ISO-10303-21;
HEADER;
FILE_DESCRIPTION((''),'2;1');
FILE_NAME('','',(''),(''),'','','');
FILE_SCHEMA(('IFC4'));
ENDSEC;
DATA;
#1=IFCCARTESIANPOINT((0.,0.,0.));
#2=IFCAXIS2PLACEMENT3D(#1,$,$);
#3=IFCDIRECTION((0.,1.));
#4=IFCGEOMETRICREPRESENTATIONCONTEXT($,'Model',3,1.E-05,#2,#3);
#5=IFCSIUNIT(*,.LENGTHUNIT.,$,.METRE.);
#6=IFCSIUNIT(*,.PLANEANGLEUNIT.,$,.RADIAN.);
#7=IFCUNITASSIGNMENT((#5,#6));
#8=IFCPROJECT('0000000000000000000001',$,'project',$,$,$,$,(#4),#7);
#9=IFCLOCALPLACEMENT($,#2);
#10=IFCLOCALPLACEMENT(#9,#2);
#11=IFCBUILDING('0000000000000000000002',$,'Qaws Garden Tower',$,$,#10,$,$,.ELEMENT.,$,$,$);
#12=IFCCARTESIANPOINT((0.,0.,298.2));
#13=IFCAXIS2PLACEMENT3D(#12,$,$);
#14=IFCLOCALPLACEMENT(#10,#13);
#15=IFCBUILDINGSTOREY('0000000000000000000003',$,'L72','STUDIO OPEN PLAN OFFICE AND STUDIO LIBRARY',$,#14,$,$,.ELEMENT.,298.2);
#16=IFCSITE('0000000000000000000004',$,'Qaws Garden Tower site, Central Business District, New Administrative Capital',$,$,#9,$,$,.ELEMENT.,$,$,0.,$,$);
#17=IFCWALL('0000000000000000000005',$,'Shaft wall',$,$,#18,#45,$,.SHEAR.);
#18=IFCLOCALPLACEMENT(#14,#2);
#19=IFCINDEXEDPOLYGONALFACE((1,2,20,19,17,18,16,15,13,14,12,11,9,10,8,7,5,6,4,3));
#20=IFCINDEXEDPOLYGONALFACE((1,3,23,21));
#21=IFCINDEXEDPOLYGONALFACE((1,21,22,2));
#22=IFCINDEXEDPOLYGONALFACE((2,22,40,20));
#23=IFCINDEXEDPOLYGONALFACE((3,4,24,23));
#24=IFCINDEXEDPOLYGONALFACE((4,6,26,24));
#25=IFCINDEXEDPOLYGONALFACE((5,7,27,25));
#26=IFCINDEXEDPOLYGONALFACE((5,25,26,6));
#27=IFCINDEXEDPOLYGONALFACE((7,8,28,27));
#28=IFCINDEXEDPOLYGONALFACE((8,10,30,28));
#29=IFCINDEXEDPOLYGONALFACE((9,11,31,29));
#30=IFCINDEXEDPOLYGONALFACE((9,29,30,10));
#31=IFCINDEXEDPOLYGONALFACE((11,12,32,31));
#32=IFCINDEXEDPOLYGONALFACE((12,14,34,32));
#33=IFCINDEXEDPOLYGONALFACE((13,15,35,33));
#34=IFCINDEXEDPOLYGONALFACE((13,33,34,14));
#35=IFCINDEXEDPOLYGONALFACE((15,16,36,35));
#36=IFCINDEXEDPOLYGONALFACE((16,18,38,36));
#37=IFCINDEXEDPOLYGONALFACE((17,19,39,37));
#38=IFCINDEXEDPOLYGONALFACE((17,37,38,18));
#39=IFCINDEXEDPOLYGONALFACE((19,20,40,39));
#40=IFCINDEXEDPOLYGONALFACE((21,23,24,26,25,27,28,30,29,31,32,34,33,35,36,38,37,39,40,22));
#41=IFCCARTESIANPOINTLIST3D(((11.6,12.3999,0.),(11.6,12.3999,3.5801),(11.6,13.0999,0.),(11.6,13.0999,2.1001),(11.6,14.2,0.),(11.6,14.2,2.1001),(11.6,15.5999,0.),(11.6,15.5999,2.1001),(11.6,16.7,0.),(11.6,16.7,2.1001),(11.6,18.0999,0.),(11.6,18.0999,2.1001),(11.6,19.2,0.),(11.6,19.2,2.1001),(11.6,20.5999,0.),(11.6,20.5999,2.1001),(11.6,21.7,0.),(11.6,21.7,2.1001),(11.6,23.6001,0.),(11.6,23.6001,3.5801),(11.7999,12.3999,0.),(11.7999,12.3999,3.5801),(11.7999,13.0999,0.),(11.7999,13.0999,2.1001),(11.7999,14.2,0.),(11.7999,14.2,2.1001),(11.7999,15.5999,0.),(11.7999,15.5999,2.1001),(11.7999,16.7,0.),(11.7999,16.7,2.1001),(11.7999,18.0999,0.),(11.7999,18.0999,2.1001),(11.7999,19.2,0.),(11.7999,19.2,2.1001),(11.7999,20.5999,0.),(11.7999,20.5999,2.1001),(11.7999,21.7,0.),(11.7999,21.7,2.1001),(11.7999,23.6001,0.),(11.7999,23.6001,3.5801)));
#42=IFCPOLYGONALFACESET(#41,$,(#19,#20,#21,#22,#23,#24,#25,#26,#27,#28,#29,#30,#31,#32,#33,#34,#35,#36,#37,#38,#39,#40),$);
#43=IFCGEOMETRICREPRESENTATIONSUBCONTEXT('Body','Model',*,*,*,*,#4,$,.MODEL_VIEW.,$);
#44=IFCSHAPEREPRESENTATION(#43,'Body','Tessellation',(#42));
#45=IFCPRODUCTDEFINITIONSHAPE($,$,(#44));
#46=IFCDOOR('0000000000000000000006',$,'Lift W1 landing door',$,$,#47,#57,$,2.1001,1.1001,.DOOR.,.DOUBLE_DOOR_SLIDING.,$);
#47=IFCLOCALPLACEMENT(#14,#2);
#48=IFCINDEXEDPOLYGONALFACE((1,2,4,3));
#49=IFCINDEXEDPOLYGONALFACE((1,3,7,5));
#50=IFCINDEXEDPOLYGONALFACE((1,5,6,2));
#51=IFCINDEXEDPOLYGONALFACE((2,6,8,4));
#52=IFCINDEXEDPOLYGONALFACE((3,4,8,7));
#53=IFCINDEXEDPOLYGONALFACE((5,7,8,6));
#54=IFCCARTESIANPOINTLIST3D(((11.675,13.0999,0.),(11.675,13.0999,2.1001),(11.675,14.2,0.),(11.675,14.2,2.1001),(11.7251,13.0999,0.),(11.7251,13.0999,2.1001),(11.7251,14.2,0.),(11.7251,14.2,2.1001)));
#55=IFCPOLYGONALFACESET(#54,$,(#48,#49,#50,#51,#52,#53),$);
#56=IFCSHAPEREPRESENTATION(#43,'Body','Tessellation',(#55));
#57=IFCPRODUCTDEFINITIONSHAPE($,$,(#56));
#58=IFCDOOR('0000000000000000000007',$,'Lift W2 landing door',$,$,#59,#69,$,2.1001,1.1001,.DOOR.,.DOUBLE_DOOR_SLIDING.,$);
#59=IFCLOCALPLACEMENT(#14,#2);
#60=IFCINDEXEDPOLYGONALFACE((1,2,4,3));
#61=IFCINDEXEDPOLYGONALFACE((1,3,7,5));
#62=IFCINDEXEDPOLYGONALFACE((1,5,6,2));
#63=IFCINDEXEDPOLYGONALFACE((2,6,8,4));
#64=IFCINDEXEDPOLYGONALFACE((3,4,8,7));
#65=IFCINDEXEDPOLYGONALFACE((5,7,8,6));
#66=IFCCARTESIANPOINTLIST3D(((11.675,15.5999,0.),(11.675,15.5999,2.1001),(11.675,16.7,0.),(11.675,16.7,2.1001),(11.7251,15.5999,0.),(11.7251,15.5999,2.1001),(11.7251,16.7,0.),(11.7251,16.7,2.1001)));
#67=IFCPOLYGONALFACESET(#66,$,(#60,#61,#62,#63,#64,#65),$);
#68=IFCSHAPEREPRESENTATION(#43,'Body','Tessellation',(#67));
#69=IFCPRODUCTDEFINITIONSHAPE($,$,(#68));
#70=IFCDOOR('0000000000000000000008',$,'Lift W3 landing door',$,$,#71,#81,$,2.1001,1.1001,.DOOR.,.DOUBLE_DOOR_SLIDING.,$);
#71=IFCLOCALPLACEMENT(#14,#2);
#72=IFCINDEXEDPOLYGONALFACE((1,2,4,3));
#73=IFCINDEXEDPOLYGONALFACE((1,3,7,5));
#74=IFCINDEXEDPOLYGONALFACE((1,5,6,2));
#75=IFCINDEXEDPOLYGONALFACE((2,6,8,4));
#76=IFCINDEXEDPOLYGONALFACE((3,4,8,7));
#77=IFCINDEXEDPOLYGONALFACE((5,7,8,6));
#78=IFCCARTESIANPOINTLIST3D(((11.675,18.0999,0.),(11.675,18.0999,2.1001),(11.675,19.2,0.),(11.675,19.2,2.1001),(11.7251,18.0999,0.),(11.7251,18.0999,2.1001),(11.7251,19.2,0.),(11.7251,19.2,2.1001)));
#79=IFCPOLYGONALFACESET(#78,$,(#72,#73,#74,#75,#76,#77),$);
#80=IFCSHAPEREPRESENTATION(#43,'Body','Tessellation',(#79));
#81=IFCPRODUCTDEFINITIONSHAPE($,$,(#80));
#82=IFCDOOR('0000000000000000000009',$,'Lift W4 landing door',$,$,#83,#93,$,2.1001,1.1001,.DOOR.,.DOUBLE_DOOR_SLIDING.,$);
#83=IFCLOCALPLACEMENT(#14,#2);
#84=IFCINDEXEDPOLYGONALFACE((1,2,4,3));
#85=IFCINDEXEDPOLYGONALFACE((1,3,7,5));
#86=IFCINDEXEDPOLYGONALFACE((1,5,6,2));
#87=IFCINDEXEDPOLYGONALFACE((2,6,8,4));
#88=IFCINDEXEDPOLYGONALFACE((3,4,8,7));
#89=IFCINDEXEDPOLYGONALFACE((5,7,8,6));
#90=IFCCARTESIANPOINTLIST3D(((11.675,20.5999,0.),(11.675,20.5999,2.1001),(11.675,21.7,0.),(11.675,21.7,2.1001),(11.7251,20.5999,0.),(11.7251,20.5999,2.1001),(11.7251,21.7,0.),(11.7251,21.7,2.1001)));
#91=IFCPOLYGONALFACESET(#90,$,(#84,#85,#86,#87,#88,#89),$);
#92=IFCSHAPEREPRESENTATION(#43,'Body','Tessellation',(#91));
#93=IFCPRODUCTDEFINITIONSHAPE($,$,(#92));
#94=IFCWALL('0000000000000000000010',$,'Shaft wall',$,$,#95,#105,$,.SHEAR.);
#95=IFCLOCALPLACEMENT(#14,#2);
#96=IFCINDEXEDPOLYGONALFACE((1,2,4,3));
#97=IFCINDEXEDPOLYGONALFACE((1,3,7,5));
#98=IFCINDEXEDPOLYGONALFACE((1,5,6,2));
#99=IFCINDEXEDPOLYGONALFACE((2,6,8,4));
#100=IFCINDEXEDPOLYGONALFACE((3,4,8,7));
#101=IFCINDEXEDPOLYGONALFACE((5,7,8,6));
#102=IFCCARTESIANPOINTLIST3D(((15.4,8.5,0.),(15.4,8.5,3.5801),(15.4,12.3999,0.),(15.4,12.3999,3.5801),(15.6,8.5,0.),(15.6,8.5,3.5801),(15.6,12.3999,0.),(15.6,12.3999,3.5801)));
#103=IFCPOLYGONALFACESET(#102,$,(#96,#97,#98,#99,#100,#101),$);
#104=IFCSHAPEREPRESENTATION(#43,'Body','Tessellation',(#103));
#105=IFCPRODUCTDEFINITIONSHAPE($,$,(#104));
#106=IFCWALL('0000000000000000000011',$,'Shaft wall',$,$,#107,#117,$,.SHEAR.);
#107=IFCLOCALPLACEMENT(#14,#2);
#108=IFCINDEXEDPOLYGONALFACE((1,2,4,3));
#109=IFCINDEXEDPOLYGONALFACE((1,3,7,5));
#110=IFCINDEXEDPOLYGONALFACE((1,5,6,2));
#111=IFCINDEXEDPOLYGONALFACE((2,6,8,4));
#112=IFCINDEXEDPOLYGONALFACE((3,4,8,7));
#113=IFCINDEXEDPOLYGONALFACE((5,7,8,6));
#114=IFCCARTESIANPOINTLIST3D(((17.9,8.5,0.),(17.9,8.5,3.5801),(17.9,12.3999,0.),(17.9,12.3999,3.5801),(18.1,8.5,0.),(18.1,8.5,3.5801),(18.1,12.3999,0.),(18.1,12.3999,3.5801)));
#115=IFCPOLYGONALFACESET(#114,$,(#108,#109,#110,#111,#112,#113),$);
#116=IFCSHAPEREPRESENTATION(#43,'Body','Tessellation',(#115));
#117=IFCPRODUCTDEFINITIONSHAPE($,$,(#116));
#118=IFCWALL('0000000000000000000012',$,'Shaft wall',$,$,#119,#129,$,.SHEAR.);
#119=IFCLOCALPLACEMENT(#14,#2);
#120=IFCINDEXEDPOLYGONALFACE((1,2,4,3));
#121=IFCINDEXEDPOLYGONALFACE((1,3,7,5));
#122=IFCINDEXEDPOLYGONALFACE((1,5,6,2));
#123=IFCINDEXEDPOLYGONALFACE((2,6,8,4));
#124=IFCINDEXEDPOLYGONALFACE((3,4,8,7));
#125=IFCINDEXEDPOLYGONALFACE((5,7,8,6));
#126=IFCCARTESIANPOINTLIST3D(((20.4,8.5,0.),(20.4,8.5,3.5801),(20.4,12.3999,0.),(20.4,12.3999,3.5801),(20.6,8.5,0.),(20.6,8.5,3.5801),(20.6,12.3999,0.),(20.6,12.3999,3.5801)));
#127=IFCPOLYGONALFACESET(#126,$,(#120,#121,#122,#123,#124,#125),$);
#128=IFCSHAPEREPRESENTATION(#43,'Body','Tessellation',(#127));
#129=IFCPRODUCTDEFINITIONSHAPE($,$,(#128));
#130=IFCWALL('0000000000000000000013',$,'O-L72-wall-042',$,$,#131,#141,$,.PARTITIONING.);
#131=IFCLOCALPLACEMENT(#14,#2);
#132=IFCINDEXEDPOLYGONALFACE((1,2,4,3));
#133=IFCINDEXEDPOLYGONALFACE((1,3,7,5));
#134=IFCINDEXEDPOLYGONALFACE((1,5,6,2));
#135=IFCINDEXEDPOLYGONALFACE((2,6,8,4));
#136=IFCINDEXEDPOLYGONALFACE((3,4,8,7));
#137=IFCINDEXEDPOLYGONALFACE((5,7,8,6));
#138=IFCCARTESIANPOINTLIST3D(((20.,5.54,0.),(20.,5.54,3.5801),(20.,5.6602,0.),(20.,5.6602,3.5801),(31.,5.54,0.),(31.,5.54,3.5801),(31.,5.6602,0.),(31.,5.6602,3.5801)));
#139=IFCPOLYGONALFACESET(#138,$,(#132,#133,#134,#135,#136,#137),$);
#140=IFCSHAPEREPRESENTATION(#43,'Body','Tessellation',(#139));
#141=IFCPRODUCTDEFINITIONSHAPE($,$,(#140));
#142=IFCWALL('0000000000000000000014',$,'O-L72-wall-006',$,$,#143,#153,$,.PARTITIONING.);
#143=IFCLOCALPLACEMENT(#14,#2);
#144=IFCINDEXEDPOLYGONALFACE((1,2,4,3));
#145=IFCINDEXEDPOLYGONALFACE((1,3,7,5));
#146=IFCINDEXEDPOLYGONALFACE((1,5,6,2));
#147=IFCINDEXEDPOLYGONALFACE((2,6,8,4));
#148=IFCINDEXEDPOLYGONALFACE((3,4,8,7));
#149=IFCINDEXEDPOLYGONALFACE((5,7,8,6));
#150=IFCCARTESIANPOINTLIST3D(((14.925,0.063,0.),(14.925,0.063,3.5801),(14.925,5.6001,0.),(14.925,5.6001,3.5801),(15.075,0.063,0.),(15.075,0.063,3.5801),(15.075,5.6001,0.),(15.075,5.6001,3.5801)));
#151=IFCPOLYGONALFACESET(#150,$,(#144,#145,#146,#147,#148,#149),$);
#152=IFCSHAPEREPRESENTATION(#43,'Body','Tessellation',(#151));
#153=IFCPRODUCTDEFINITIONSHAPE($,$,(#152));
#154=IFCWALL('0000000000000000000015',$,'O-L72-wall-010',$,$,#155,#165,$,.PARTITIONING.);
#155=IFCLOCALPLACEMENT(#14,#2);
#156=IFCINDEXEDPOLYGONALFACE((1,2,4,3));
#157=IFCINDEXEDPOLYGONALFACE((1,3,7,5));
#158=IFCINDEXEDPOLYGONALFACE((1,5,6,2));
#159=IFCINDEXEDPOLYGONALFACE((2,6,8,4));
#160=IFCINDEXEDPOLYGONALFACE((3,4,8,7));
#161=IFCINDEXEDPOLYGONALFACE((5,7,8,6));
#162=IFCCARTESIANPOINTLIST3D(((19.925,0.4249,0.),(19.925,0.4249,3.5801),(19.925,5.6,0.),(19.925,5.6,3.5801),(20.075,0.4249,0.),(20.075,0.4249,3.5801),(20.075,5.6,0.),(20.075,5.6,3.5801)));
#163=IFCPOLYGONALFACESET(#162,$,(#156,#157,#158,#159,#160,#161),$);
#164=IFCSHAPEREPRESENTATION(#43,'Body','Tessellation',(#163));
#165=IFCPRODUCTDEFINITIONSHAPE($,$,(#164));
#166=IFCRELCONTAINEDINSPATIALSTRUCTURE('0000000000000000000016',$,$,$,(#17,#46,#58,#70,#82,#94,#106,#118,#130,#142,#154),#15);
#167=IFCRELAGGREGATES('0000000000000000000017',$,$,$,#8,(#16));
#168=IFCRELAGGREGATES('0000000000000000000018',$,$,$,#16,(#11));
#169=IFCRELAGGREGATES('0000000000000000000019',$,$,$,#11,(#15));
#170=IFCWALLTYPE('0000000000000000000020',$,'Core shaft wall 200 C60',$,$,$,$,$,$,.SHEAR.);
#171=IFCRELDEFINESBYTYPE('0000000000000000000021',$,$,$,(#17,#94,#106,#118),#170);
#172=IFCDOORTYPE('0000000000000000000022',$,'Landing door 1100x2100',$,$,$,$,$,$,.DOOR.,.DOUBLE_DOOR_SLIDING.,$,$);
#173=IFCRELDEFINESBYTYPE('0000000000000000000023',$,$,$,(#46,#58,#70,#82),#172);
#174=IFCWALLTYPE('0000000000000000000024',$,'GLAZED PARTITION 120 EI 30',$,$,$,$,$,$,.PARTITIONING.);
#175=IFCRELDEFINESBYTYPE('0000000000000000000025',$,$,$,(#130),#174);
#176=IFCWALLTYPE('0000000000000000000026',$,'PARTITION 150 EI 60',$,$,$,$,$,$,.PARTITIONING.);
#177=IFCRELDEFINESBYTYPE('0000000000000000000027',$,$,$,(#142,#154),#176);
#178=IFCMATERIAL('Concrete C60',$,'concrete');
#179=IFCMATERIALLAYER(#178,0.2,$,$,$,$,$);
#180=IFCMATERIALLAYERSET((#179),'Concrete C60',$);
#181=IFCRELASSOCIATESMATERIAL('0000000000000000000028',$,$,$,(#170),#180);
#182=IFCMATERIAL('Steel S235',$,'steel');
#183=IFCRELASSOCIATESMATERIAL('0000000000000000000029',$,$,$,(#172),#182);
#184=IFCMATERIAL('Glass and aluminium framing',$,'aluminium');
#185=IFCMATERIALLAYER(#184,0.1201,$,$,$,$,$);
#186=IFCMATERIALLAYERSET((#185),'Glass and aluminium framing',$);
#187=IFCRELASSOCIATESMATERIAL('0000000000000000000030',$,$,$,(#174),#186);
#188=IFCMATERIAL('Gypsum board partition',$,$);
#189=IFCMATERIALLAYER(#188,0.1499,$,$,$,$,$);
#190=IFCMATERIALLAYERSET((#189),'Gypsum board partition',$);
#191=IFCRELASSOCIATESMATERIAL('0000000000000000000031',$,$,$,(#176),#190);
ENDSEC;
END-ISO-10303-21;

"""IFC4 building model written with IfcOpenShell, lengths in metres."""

from ifc_helpers import new_model, si_unit, direction, frame, frame_2d, origin, place, context, subcontext, project, spatial, rectangle, extrude, material, layer, layer_set, type_object, element, fill, save


model = new_model("IFC4")

# Units and contexts
model_context = context("Model", 3, precision=1e-05, world=origin(), true_north=direction((0.0, 1.0)))
body_context = subcontext(model_context, "Body", "Model", "MODEL_VIEW")
ifc_project = project(units=[si_unit("LENGTHUNIT", "METRE"), si_unit("PLANEANGLEUNIT", "RADIAN")], contexts=[model_context])

# Site, building, storey
site_placement = place(None, origin())
site = spatial("IfcSite", under=ifc_project, at=site_placement, Name="Qaws Garden Tower site, Central Business District, New Administrative Capital", CompositionType="ELEMENT", RefElevation=0.0)
building_placement = place(site_placement, origin())
building = spatial("IfcBuilding", under=site, at=building_placement, Name="Qaws Garden Tower", CompositionType="ELEMENT")
storey_placement = place(building_placement, frame((0.0, 0.0, 298.2)))
storey = spatial("IfcBuildingStorey", under=building, at=storey_placement, Name="L72", Description="STUDIO OPEN PLAN OFFICE AND STUDIO LIBRARY", CompositionType="ELEMENT", Elevation=298.2)

# Wall, openings, doors
ifc_material_1 = material(Name="Concrete C60", Category="concrete")
ifc_layer_1 = layer(ifc_material_1, 0.2)
ifc_layer_set_1 = layer_set([ifc_layer_1], Name="Concrete C60")
wall_type_1 = type_object("IfcWallType", Name="Core shaft wall 200 C60", PredefinedType="SHEAR", material=ifc_layer_set_1)
wall_1_placement = place(storey_placement, frame((11.7, 12.3999, 0.0), z_axis=(0.0, 0.0, 1.0), x_axis=(0.0, 1.0, 0.0)))
wall_1 = element("IfcWall", 1, at=wall_1_placement, inside=storey, type_object=wall_type_1, Name="Shaft wall", PredefinedType="SHEAR", context=body_context, shape_type="SweptSolid", body=[
    extrude(rectangle(XDim=11.2002, YDim=0.2, at=frame_2d((5.6001, 0.0))), origin(), (0.0, 0.0, 1.0), 3.5801),
])
opening_1_placement = place(wall_1_placement, frame((0.7, 0.0, 0.0)))
opening_1 = element("IfcOpeningElement", 2, at=opening_1_placement, cuts=wall_1, PredefinedType="OPENING", context=body_context, shape_type="SweptSolid", body=[
    extrude(rectangle(XDim=1.1001, YDim=2.1001, at=frame_2d((0.55, 1.05))), frame((0.0, 0.1099, 0.0), z_axis=(0.0, -1.0, 0.0), x_axis=(1.0, 0.0, 0.0)), (0.0, 0.0, 1.0), 0.22),
])
opening_2_placement = place(wall_1_placement, frame((3.2, 0.0, 0.0)))
opening_2 = element("IfcOpeningElement", 3, at=opening_2_placement, cuts=wall_1, PredefinedType="OPENING", context=body_context, shape_type="SweptSolid", body=[
    extrude(rectangle(XDim=1.1001, YDim=2.1001, at=frame_2d((0.55, 1.05))), frame((0.0, 0.1099, 0.0), z_axis=(0.0, -1.0, 0.0), x_axis=(1.0, 0.0, 0.0)), (0.0, 0.0, 1.0), 0.22),
])
opening_3_placement = place(wall_1_placement, frame((5.7, 0.0, 0.0)))
opening_3 = element("IfcOpeningElement", 4, at=opening_3_placement, cuts=wall_1, PredefinedType="OPENING", context=body_context, shape_type="SweptSolid", body=[
    extrude(rectangle(XDim=1.1001, YDim=2.1001, at=frame_2d((0.55, 1.05))), frame((0.0, 0.1099, 0.0), z_axis=(0.0, -1.0, 0.0), x_axis=(1.0, 0.0, 0.0)), (0.0, 0.0, 1.0), 0.22),
])
opening_4_placement = place(wall_1_placement, frame((8.2, 0.0, 0.0)))
opening_4 = element("IfcOpeningElement", 5, at=opening_4_placement, cuts=wall_1, PredefinedType="OPENING", context=body_context, shape_type="SweptSolid", body=[
    extrude(rectangle(XDim=1.1001, YDim=2.1001, at=frame_2d((0.55, 1.05))), frame((0.0, 0.1099, 0.0), z_axis=(0.0, -1.0, 0.0), x_axis=(1.0, 0.0, 0.0)), (0.0, 0.0, 1.0), 0.22),
])
ifc_material_2 = material(Name="Steel S235", Category="steel")
door_type_1 = type_object("IfcDoorType", Name="Landing door 1100x2100", OperationType="DOUBLE_DOOR_SLIDING", PredefinedType="DOOR", material=ifc_material_2)
door_1_placement = place(opening_1_placement, origin())
door_1 = element("IfcDoor", 6, at=door_1_placement, inside=storey, type_object=door_type_1, Name="Lift W1 landing door", OperationType="DOUBLE_DOOR_SLIDING", OverallHeight=2.1001, OverallWidth=1.1001, PredefinedType="DOOR", context=body_context, shape_type="SweptSolid", body=[
    extrude(rectangle(XDim=1.1001, YDim=2.1001, at=frame_2d((0.55, 1.05))), frame((0.0, 0.0249, 0.0), z_axis=(0.0, -1.0, 0.0), x_axis=(1.0, 0.0, 0.0)), (0.0, 0.0, 1.0), 0.05),
])
fill(opening_1, door_1)
door_2_placement = place(opening_2_placement, origin())
door_2 = element("IfcDoor", 7, at=door_2_placement, inside=storey, type_object=door_type_1, Name="Lift W2 landing door", OperationType="DOUBLE_DOOR_SLIDING", OverallHeight=2.1001, OverallWidth=1.1001, PredefinedType="DOOR", context=body_context, shape_type="SweptSolid", body=[
    extrude(rectangle(XDim=1.1001, YDim=2.1001, at=frame_2d((0.55, 1.05))), frame((0.0, 0.0249, 0.0), z_axis=(0.0, -1.0, 0.0), x_axis=(1.0, 0.0, 0.0)), (0.0, 0.0, 1.0), 0.05),
])
fill(opening_2, door_2)
door_3_placement = place(opening_3_placement, origin())
door_3 = element("IfcDoor", 8, at=door_3_placement, inside=storey, type_object=door_type_1, Name="Lift W3 landing door", OperationType="DOUBLE_DOOR_SLIDING", OverallHeight=2.1001, OverallWidth=1.1001, PredefinedType="DOOR", context=body_context, shape_type="SweptSolid", body=[
    extrude(rectangle(XDim=1.1001, YDim=2.1001, at=frame_2d((0.55, 1.05))), frame((0.0, 0.0249, 0.0), z_axis=(0.0, -1.0, 0.0), x_axis=(1.0, 0.0, 0.0)), (0.0, 0.0, 1.0), 0.05),
])
fill(opening_3, door_3)
door_4_placement = place(opening_4_placement, origin())
door_4 = element("IfcDoor", 9, at=door_4_placement, inside=storey, type_object=door_type_1, Name="Lift W4 landing door", OperationType="DOUBLE_DOOR_SLIDING", OverallHeight=2.1001, OverallWidth=1.1001, PredefinedType="DOOR", context=body_context, shape_type="SweptSolid", body=[
    extrude(rectangle(XDim=1.1001, YDim=2.1001, at=frame_2d((0.55, 1.05))), frame((0.0, 0.0249, 0.0), z_axis=(0.0, -1.0, 0.0), x_axis=(1.0, 0.0, 0.0)), (0.0, 0.0, 1.0), 0.05),
])
fill(opening_4, door_4)

# Walls
for number, where, z_axis, x_axis, name in (
    (10, (15.5, 8.5, 0.0), (0.0, 0.0, 1.0), (0.0, 1.0, 0.0), "Shaft wall"),
    (11, (18.0, 8.5, 0.0), (0.0, 0.0, 1.0), (0.0, 1.0, 0.0), "Shaft wall"),
    (12, (20.5, 8.5, 0.0), (0.0, 0.0, 1.0), (0.0, 1.0, 0.0), "Shaft wall"),
):
    element("IfcWall", number, at=place(storey_placement, frame(where, z_axis=z_axis, x_axis=x_axis)), inside=storey, type_object=wall_type_1, Name=name, PredefinedType="SHEAR", context=body_context, shape_type="SweptSolid", body=[
        extrude(rectangle(XDim=3.8999, YDim=0.2, at=frame_2d((1.95, 0.0))), origin(), (0.0, 0.0, 1.0), 3.5801),
    ])
ifc_material_3 = material(Name="Glass and aluminium framing", Category="aluminium")
ifc_layer_2 = layer(ifc_material_3, 0.1201)
ifc_layer_set_2 = layer_set([ifc_layer_2], Name="Glass and aluminium framing")
wall_type_2 = type_object("IfcWallType", Name="GLAZED PARTITION 120 EI 30", PredefinedType="PARTITIONING", material=ifc_layer_set_2)
wall_2_placement = place(storey_placement, frame((20.0, 5.6001, 0.0), z_axis=(0.0, 0.0, 1.0), x_axis=(1.0, 0.0, 0.0)))
element("IfcWall", 13, at=wall_2_placement, inside=storey, type_object=wall_type_2, Name="O-L72-wall-042", PredefinedType="PARTITIONING", context=body_context, shape_type="SweptSolid", body=[
    extrude(rectangle(XDim=11.0, YDim=0.1201, at=frame_2d((5.5, 0.0))), origin(), (0.0, 0.0, 1.0), 3.5801),
])
ifc_material_4 = material(Name="Gypsum board partition")
ifc_layer_3 = layer(ifc_material_4, 0.1499)
ifc_layer_set_3 = layer_set([ifc_layer_3], Name="Gypsum board partition")
wall_type_3 = type_object("IfcWallType", Name="PARTITION 150 EI 60", PredefinedType="PARTITIONING", material=ifc_layer_set_3)
wall_3_placement = place(storey_placement, frame((15.0, 0.063, 0.0), z_axis=(0.0, 0.0, 1.0), x_axis=(0.0, 1.0, 0.0)))
element("IfcWall", 14, at=wall_3_placement, inside=storey, type_object=wall_type_3, Name="O-L72-wall-006", PredefinedType="PARTITIONING", context=body_context, shape_type="SweptSolid", body=[
    extrude(rectangle(XDim=5.5371, YDim=0.1499, at=frame_2d((2.7686, 0.0))), origin(), (0.0, 0.0, 1.0), 3.5801),
])
wall_4_placement = place(storey_placement, frame((20.0, 0.425, 0.0), z_axis=(0.0, 0.0, 1.0), x_axis=(0.0, 1.0, 0.0)))
element("IfcWall", 15, at=wall_4_placement, inside=storey, type_object=wall_type_3, Name="O-L72-wall-010", PredefinedType="PARTITIONING", context=body_context, shape_type="SweptSolid", body=[
    extrude(rectangle(XDim=5.175, YDim=0.1499, at=frame_2d((2.5874, 0.0))), origin(), (0.0, 0.0, 1.0), 3.5801),
])

save(model, "model.ifc")
